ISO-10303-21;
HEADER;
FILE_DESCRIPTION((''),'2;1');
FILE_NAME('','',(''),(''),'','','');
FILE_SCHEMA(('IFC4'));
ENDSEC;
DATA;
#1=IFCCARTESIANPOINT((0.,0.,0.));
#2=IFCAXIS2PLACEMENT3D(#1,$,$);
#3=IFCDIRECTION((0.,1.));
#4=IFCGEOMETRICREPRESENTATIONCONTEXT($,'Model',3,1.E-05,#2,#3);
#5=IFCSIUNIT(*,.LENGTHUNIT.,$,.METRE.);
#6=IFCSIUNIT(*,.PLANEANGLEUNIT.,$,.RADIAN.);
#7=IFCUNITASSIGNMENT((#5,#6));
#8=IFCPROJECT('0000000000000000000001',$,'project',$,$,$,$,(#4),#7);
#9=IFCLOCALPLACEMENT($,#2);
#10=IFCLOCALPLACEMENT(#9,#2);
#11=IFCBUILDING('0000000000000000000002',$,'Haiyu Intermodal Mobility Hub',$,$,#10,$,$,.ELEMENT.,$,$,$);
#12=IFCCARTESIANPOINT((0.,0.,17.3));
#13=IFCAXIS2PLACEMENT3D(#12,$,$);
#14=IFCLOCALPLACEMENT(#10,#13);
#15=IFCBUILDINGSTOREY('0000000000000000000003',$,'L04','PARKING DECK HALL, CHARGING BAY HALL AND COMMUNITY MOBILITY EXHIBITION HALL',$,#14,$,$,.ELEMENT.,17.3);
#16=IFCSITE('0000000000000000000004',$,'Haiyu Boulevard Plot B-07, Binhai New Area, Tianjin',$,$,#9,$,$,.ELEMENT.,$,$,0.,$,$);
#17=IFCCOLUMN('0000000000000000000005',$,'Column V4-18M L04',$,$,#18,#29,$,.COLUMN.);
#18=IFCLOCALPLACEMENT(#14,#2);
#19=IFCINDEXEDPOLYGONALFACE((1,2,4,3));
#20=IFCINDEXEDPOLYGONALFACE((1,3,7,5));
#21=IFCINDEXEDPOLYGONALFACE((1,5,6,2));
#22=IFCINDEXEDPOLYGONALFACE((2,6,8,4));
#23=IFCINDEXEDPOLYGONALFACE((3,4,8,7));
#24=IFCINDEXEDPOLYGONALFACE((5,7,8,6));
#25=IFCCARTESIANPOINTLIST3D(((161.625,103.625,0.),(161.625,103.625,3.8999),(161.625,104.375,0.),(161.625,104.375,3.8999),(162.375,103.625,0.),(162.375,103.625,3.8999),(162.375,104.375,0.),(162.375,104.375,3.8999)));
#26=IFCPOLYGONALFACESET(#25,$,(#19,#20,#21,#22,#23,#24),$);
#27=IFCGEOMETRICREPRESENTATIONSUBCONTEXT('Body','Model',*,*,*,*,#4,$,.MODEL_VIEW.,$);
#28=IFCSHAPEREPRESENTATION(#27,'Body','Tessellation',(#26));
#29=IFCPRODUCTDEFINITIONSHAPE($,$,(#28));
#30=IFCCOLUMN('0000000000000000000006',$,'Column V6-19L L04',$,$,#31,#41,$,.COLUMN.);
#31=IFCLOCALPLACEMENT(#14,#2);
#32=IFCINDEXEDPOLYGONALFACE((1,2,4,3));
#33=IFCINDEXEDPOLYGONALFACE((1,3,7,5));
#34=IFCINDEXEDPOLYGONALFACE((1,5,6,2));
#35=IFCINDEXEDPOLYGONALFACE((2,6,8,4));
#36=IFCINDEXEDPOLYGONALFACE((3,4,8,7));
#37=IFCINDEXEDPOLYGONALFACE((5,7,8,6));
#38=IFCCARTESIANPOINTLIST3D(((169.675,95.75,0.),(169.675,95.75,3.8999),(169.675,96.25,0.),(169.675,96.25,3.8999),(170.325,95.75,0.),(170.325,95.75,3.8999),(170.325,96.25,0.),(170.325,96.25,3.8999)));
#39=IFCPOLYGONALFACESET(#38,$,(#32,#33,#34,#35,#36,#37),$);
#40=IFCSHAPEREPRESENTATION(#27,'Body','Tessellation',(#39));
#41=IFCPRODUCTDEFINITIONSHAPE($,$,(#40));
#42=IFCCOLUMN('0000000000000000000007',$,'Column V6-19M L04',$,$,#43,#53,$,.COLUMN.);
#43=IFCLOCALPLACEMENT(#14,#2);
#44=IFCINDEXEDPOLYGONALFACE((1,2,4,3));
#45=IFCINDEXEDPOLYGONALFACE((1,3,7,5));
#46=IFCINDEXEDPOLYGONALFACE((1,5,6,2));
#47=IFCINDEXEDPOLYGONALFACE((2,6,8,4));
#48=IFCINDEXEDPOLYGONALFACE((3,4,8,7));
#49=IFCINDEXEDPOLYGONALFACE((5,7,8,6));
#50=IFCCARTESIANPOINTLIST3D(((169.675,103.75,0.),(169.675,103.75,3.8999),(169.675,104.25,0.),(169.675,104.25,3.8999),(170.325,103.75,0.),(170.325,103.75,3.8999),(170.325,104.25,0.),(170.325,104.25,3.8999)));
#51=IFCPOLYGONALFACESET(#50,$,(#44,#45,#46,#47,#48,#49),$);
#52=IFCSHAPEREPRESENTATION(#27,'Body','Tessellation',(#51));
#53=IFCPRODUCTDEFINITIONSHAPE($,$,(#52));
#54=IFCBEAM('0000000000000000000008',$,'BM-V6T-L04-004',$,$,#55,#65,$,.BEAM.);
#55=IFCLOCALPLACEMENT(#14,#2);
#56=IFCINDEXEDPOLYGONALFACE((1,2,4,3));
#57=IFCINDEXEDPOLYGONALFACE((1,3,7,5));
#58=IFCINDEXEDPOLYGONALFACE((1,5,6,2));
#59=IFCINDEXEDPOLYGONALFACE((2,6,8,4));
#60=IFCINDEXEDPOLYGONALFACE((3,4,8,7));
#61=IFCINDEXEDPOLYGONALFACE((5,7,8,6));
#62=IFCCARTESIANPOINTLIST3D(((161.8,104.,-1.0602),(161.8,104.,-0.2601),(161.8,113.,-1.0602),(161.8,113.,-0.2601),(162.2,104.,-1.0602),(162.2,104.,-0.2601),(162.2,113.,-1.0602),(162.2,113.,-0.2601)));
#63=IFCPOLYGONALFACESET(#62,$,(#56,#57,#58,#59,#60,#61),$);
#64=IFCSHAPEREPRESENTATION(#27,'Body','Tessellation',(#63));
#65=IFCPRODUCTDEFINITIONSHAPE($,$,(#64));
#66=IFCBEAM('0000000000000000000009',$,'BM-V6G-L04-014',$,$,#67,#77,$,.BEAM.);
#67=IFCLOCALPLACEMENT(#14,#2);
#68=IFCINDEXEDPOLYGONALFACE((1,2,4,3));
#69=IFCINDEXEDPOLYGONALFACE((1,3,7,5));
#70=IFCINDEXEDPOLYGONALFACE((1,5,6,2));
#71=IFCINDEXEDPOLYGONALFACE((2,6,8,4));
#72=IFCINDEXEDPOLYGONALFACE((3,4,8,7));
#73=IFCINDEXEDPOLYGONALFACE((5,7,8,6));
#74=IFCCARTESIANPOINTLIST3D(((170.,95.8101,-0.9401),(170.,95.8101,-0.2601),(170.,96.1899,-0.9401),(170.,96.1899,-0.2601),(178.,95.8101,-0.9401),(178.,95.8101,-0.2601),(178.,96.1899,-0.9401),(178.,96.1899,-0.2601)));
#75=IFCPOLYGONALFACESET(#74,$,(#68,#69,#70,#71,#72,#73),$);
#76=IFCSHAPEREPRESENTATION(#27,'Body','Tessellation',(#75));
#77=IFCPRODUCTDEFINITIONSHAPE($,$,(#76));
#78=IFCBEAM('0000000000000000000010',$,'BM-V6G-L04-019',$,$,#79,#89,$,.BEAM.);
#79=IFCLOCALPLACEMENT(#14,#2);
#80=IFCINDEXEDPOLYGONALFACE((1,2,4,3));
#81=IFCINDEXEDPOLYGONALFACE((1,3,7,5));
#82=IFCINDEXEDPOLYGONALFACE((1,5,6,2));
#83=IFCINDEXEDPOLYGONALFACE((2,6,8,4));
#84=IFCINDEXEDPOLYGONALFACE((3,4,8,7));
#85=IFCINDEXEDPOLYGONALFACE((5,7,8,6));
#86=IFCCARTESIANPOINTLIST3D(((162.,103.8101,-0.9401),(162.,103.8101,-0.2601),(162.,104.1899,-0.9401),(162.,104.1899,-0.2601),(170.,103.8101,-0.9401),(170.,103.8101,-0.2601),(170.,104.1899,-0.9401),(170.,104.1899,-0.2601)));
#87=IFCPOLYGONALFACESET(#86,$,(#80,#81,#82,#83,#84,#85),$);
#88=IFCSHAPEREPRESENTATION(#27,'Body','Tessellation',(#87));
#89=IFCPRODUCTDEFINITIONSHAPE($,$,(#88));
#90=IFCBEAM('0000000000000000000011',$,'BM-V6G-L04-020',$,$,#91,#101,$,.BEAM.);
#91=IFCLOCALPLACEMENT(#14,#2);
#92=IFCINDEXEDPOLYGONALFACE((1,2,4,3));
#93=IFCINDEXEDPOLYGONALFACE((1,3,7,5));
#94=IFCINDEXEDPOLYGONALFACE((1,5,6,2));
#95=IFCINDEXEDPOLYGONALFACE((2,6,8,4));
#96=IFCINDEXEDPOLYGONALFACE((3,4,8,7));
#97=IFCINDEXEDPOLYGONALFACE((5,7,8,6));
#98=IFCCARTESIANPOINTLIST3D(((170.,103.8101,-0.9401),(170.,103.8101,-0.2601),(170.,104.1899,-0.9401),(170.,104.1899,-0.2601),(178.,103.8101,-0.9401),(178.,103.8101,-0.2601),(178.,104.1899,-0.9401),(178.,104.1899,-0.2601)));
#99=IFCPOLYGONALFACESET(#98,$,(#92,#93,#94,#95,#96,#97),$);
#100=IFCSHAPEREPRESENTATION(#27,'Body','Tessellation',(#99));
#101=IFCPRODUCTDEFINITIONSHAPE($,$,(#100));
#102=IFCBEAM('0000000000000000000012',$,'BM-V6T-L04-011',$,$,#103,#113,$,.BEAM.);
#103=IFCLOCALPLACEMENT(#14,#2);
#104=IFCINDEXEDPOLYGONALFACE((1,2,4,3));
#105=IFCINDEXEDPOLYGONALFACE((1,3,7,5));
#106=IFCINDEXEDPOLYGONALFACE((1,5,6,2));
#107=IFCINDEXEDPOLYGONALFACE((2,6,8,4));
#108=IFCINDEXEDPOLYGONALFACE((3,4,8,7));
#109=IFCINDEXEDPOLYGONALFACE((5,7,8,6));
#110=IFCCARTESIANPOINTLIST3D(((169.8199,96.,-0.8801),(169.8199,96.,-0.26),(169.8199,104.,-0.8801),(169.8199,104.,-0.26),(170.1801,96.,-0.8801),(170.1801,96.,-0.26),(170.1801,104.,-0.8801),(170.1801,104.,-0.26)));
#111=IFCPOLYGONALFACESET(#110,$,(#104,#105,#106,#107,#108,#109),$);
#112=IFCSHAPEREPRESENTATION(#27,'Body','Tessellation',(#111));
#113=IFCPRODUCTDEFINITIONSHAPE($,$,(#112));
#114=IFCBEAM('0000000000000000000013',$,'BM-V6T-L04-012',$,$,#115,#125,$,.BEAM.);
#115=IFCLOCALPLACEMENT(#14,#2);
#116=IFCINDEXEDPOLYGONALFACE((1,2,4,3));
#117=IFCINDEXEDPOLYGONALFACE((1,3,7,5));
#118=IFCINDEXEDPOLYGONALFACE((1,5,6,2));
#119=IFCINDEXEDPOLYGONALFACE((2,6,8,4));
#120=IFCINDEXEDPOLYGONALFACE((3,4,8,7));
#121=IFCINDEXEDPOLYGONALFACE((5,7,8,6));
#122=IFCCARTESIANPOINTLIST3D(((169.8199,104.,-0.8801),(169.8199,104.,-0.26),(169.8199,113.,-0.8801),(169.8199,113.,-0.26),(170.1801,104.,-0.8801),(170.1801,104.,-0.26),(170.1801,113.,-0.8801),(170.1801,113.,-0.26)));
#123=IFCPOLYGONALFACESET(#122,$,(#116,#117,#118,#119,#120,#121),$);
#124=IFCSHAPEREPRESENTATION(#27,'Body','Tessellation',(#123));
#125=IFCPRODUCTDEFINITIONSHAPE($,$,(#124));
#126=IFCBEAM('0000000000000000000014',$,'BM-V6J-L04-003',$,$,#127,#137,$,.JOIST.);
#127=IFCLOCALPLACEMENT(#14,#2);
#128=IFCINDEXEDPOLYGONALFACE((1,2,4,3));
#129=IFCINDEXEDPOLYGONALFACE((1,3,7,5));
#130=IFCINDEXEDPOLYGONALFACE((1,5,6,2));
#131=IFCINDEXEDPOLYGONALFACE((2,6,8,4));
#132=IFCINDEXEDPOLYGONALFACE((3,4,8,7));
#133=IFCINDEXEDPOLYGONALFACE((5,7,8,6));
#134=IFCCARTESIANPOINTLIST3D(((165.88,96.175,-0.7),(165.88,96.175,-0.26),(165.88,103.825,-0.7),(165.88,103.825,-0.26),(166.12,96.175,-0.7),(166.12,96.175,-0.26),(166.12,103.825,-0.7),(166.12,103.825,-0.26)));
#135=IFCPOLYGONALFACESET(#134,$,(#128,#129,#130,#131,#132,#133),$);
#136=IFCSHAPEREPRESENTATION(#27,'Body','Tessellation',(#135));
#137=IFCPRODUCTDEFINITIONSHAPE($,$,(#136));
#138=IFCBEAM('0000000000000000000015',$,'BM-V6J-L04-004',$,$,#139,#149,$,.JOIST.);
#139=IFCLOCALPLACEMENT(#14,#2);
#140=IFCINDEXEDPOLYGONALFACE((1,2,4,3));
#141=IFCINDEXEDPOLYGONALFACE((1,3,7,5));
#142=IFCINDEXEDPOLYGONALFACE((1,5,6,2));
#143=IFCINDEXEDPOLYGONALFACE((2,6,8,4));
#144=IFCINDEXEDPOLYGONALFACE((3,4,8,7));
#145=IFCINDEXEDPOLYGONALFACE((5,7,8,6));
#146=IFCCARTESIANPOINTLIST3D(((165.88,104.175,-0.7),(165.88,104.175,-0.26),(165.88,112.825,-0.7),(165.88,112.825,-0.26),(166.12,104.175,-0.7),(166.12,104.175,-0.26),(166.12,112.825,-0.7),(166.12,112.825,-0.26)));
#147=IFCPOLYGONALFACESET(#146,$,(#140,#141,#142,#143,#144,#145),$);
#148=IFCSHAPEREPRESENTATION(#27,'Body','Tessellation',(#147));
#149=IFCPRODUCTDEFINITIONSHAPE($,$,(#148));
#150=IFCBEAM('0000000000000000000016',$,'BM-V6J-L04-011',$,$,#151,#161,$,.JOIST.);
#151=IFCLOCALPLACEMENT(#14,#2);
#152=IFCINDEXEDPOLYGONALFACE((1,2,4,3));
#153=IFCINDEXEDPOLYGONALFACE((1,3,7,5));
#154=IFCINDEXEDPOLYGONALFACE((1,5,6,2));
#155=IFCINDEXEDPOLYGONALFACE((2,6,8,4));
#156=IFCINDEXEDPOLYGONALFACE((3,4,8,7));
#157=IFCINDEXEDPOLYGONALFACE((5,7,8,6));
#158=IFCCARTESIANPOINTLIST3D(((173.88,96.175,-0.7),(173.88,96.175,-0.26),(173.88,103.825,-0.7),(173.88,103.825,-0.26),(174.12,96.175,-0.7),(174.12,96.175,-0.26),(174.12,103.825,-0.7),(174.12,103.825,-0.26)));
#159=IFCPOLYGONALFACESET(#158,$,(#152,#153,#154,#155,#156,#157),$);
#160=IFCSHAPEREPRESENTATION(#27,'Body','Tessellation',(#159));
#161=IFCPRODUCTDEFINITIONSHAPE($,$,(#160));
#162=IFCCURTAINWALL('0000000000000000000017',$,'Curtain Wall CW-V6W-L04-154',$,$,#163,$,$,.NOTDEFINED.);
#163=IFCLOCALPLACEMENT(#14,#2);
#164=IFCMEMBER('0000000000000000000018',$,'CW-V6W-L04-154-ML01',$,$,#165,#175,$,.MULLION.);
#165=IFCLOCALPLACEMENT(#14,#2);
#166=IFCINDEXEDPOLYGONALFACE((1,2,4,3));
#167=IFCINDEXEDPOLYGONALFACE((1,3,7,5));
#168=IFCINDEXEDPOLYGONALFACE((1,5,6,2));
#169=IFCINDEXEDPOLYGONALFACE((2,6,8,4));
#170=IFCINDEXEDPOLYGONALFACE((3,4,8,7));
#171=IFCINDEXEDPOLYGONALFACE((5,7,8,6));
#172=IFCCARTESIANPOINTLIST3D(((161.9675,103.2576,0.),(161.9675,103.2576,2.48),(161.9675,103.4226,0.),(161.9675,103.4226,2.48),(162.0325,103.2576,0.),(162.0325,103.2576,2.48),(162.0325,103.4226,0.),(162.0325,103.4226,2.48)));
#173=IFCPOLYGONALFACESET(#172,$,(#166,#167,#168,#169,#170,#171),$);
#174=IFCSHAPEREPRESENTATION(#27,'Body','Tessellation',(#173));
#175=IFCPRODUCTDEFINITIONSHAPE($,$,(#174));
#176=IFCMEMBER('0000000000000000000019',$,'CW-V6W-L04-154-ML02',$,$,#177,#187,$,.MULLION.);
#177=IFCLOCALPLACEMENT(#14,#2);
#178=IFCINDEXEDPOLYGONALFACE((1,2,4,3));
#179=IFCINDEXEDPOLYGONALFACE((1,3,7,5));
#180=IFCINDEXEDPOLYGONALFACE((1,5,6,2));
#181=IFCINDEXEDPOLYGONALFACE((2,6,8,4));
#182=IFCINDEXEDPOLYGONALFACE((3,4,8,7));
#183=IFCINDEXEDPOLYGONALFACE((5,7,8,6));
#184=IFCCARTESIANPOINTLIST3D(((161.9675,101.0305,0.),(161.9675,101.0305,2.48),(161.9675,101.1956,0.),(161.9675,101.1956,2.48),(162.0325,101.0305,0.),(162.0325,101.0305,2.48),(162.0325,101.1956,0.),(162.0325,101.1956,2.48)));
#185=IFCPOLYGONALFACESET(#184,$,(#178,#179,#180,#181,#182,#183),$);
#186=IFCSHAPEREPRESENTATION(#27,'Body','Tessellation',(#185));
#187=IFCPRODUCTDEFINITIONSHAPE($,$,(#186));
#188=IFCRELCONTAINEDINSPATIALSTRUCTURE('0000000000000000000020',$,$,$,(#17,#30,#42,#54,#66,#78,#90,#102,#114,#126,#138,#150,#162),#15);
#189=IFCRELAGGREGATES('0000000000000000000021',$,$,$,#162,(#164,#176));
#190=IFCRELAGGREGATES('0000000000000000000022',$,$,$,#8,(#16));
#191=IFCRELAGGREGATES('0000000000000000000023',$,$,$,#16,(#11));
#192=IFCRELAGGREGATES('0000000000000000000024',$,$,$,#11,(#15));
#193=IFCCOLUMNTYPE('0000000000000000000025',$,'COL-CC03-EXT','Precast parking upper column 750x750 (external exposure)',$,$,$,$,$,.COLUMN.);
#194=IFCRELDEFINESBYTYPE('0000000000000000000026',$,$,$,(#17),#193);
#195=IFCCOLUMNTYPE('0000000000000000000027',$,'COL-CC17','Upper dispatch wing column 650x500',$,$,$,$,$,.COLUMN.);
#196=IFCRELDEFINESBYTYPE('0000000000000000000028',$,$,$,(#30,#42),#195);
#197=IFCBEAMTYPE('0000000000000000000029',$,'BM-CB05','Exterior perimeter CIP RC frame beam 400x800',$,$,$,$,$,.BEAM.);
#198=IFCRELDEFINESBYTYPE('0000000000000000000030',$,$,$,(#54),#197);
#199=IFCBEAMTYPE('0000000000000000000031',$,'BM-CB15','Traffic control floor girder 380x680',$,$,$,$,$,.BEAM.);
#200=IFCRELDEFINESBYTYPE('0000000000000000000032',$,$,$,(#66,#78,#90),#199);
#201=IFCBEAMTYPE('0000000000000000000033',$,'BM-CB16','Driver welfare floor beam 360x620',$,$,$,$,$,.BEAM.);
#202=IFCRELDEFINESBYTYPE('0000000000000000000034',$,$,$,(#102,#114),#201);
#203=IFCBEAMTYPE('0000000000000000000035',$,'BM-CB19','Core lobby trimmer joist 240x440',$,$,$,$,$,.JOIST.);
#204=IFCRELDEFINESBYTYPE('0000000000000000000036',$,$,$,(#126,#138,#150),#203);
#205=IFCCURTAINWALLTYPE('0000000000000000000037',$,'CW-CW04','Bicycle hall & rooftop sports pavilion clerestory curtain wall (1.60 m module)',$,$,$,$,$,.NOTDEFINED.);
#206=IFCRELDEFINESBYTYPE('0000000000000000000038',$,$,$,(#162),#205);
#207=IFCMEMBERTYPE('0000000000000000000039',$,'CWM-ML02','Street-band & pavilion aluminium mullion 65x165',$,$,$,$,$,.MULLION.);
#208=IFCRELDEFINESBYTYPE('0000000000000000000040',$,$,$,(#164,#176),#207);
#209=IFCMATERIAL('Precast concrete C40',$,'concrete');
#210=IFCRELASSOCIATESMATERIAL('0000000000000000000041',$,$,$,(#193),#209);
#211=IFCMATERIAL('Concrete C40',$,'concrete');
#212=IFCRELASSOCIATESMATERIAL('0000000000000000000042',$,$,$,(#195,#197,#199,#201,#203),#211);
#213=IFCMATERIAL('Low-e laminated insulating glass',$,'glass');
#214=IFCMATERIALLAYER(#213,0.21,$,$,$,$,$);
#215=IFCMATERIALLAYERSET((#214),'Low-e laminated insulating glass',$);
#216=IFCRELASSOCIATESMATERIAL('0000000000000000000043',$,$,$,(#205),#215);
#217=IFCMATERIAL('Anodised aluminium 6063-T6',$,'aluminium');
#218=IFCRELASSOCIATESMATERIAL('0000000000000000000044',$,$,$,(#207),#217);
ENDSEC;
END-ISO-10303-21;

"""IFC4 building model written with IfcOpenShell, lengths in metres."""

from ifc_helpers import new_model, si_unit, direction, frame, origin, origin_2d, place, context, subcontext, project, spatial, rectangle, extrude, material, layer, layer_set, material_profile, profile_set, type_object, element, aggregate, save


model = new_model("IFC4")

# Units and contexts
model_context = context("Model", 3, precision=1e-05, world=origin(), true_north=direction((0.0, 1.0)))
body_context = subcontext(model_context, "Body", "Model", "MODEL_VIEW")
ifc_project = project(units=[si_unit("LENGTHUNIT", "METRE"), si_unit("PLANEANGLEUNIT", "RADIAN")], contexts=[model_context])

# Site, building, storey
site_placement = place(None, origin())
site = spatial("IfcSite", under=ifc_project, at=site_placement, Name="Haiyu Boulevard Plot B-07, Binhai New Area, Tianjin", CompositionType="ELEMENT", RefElevation=0.0)
building_placement = place(site_placement, origin())
building = spatial("IfcBuilding", under=site, at=building_placement, Name="Haiyu Intermodal Mobility Hub", CompositionType="ELEMENT")
storey_placement = place(building_placement, frame((0.0, 0.0, 17.3)))
storey = spatial("IfcBuildingStorey", under=building, at=storey_placement, Name="L04", Description="PARKING DECK HALL, CHARGING BAY HALL AND COMMUNITY MOBILITY EXHIBITION HALL", CompositionType="ELEMENT", Elevation=17.3)

# Columns
ifc_material_1 = material(Name="Precast concrete C40", Category="concrete")
ifc_material_profile_1 = material_profile(ifc_material_1, rectangle(XDim=0.75, YDim=0.75, at=origin_2d()), Name="RC750x750")
ifc_profile_set_1 = profile_set([ifc_material_profile_1], Name="Precast concrete C40")
column_type_1 = type_object("IfcColumnType", Name="COL-CC03-EXT", Description="Precast parking upper column 750x750 (external exposure)", PredefinedType="COLUMN", material=ifc_profile_set_1)
column_placement = place(storey_placement, frame((162.0, 104.0, 0.0), z_axis=(0.0, 0.0, 1.0), x_axis=(1.0, 0.0, 0.0)))
element("IfcColumn", 1, at=column_placement, inside=storey, type_object=column_type_1, Name="Column V4-18M L04", PredefinedType="COLUMN", context=body_context, shape_type="SweptSolid", body=[
    extrude(rectangle(XDim=0.75, YDim=0.75, at=origin_2d()), origin(), (0.0, 0.0, 1.0), 3.8999),
])
ifc_material_2 = material(Name="Concrete C40", Category="concrete")
ifc_material_profile_2 = material_profile(ifc_material_2, rectangle(XDim=0.6499, YDim=0.5, at=origin_2d()), Name="C650x500")
ifc_profile_set_2 = profile_set([ifc_material_profile_2], Name="Concrete C40")
column_type_2 = type_object("IfcColumnType", Name="COL-CC17", Description="Upper dispatch wing column 650x500", PredefinedType="COLUMN", material=ifc_profile_set_2)
for number, where, z_axis, x_axis, name in (
    (2, (170.0, 96.0, 0.0), (0.0, 0.0, 1.0), (1.0, 0.0, 0.0), "Column V6-19L L04"),
    (3, (170.0, 104.0, 0.0), (0.0, 0.0, 1.0), (1.0, 0.0, 0.0), "Column V6-19M L04"),
):
    element("IfcColumn", number, at=place(storey_placement, frame(where, z_axis=z_axis, x_axis=x_axis)), inside=storey, type_object=column_type_2, Name=name, PredefinedType="COLUMN", context=body_context, shape_type="SweptSolid", body=[
        extrude(rectangle(XDim=0.6499, YDim=0.5, at=origin_2d()), origin(), (0.0, 0.0, 1.0), 3.8999),
    ])

# Beams
ifc_material_profile_3 = material_profile(ifc_material_2, rectangle(XDim=0.3999, YDim=0.8, at=origin_2d()), Name="RCB400x800")
ifc_profile_set_3 = profile_set([ifc_material_profile_3], Name="Concrete C40")
beam_type_1 = type_object("IfcBeamType", Name="BM-CB05", Description="Exterior perimeter CIP RC frame beam 400x800", PredefinedType="BEAM", material=ifc_profile_set_3)
beam_1_placement = place(storey_placement, frame((162.0, 104.0, -0.6602), z_axis=(0.0, 1.0, 0.0), x_axis=(-1.0, 0.0, 0.0)))
element("IfcBeam", 4, at=beam_1_placement, inside=storey, type_object=beam_type_1, Name="BM-V6T-L04-004", PredefinedType="BEAM", context=body_context, shape_type="SweptSolid", body=[
    extrude(rectangle(XDim=0.3999, YDim=0.8, at=origin_2d()), origin(), (0.0, 0.0, 1.0), 9.0),
])
ifc_material_profile_4 = material_profile(ifc_material_2, rectangle(XDim=0.3799, YDim=0.6799, at=origin_2d()), Name="B380x680")
ifc_profile_set_4 = profile_set([ifc_material_profile_4], Name="Concrete C40")
beam_type_2 = type_object("IfcBeamType", Name="BM-CB15", Description="Traffic control floor girder 380x680", PredefinedType="BEAM", material=ifc_profile_set_4)
for number, where, z_axis, x_axis, name in (
    (5, (170.0, 96.0, -0.6001), (1.0, 0.0, 0.0), (0.0, 1.0, 0.0), "BM-V6G-L04-014"),
    (6, (162.0, 104.0, -0.6001), (1.0, 0.0, 0.0), (0.0, 1.0, 0.0), "BM-V6G-L04-019"),
    (7, (170.0, 104.0, -0.6001), (1.0, 0.0, 0.0), (0.0, 1.0, 0.0), "BM-V6G-L04-020"),
):
    element("IfcBeam", number, at=place(storey_placement, frame(where, z_axis=z_axis, x_axis=x_axis)), inside=storey, type_object=beam_type_2, Name=name, PredefinedType="BEAM", context=body_context, shape_type="SweptSolid", body=[
        extrude(rectangle(XDim=0.3799, YDim=0.6799, at=origin_2d()), origin(), (0.0, 0.0, 1.0), 8.0),
    ])
ifc_material_profile_5 = material_profile(ifc_material_2, rectangle(XDim=0.3601, YDim=0.6201, at=origin_2d()), Name="B360x620")
ifc_profile_set_5 = profile_set([ifc_material_profile_5], Name="Concrete C40")
beam_type_3 = type_object("IfcBeamType", Name="BM-CB16", Description="Driver welfare floor beam 360x620", PredefinedType="BEAM", material=ifc_profile_set_5)
beam_2_placement = place(storey_placement, frame((170.0, 96.0, -0.5701), z_axis=(0.0, 1.0, 0.0), x_axis=(-1.0, 0.0, 0.0)))
element("IfcBeam", 8, at=beam_2_placement, inside=storey, type_object=beam_type_3, Name="BM-V6T-L04-011", PredefinedType="BEAM", context=body_context, shape_type="SweptSolid", body=[
    extrude(rectangle(XDim=0.3601, YDim=0.6201, at=origin_2d()), origin(), (0.0, 0.0, 1.0), 8.0),
])
beam_3_placement = place(storey_placement, frame((170.0, 104.0, -0.5701), z_axis=(0.0, 1.0, 0.0), x_axis=(-1.0, 0.0, 0.0)))
element("IfcBeam", 9, at=beam_3_placement, inside=storey, type_object=beam_type_3, Name="BM-V6T-L04-012", PredefinedType="BEAM", context=body_context, shape_type="SweptSolid", body=[
    extrude(rectangle(XDim=0.3601, YDim=0.6201, at=origin_2d()), origin(), (0.0, 0.0, 1.0), 9.0),
])
ifc_material_profile_6 = material_profile(ifc_material_2, rectangle(XDim=0.24, YDim=0.4399, at=origin_2d()), Name="B240x440")
ifc_profile_set_6 = profile_set([ifc_material_profile_6], Name="Concrete C40")
beam_type_4 = type_object("IfcBeamType", Name="BM-CB19", Description="Core lobby trimmer joist 240x440", PredefinedType="JOIST", material=ifc_profile_set_6)
beam_4_placement = place(storey_placement, frame((166.0, 96.175, -0.48), z_axis=(0.0, 1.0, 0.0), x_axis=(-1.0, 0.0, 0.0)))
element("IfcBeam", 10, at=beam_4_placement, inside=storey, type_object=beam_type_4, Name="BM-V6J-L04-003", PredefinedType="JOIST", context=body_context, shape_type="SweptSolid", body=[
    extrude(rectangle(XDim=0.24, YDim=0.4399, at=origin_2d()), origin(), (0.0, 0.0, 1.0), 7.6499),
])
beam_5_placement = place(storey_placement, frame((166.0, 104.175, -0.48), z_axis=(0.0, 1.0, 0.0), x_axis=(-1.0, 0.0, 0.0)))
element("IfcBeam", 11, at=beam_5_placement, inside=storey, type_object=beam_type_4, Name="BM-V6J-L04-004", PredefinedType="JOIST", context=body_context, shape_type="SweptSolid", body=[
    extrude(rectangle(XDim=0.24, YDim=0.4399, at=origin_2d()), origin(), (0.0, 0.0, 1.0), 8.6499),
])
beam_6_placement = place(storey_placement, frame((174.0, 96.175, -0.48), z_axis=(0.0, 1.0, 0.0), x_axis=(-1.0, 0.0, 0.0)))
element("IfcBeam", 12, at=beam_6_placement, inside=storey, type_object=beam_type_4, Name="BM-V6J-L04-011", PredefinedType="JOIST", context=body_context, shape_type="SweptSolid", body=[
    extrude(rectangle(XDim=0.24, YDim=0.4399, at=origin_2d()), origin(), (0.0, 0.0, 1.0), 7.6499),
])

# Curtain wall, members
ifc_material_3 = material(Name="Low-e laminated insulating glass", Category="glass")
ifc_layer_1 = layer(ifc_material_3, 0.21)
ifc_layer_set_1 = layer_set([ifc_layer_1], Name="Low-e laminated insulating glass")
curtain_wall_type = type_object("IfcCurtainWallType", Name="CW-CW04", Description="Bicycle hall & rooftop sports pavilion clerestory curtain wall (1.60 m module)", PredefinedType="NOTDEFINED", material=ifc_layer_set_1)
curtain_wall_placement = place(storey_placement, origin())
curtain_wall = element("IfcCurtainWall", 13, at=curtain_wall_placement, inside=storey, type_object=curtain_wall_type, Name="Curtain Wall CW-V6W-L04-154", PredefinedType="NOTDEFINED")
ifc_material_4 = material(Name="Anodised aluminium 6063-T6", Category="aluminium")
ifc_material_profile_7 = material_profile(ifc_material_4, rectangle(XDim=0.0649, YDim=0.165, at=origin_2d()), Name="ALU65x165")
ifc_profile_set_7 = profile_set([ifc_material_profile_7], Name="Anodised aluminium 6063-T6")
member_type_1 = type_object("IfcMemberType", Name="CWM-ML02", Description="Street-band & pavilion aluminium mullion 65x165", PredefinedType="MULLION", material=ifc_profile_set_7)
member_1_placement = place(storey_placement, frame((162.0, 103.3401, 0.0), z_axis=(0.0, 0.0, 1.0), x_axis=(1.0, 0.0, 0.0)))
member_1 = element("IfcMember", 14, at=member_1_placement, type_object=member_type_1, Name="CW-V6W-L04-154-ML01", PredefinedType="MULLION", context=body_context, shape_type="SweptSolid", body=[
    extrude(rectangle(XDim=0.0649, YDim=0.165, at=origin_2d()), origin(), (0.0, 0.0, 1.0), 2.48),
])
member_2_placement = place(storey_placement, frame((162.0, 101.113, 0.0), z_axis=(0.0, 0.0, 1.0), x_axis=(1.0, 0.0, 0.0)))
member_2 = element("IfcMember", 15, at=member_2_placement, type_object=member_type_1, Name="CW-V6W-L04-154-ML02", PredefinedType="MULLION", context=body_context, shape_type="SweptSolid", body=[
    extrude(rectangle(XDim=0.0649, YDim=0.165, at=origin_2d()), origin(), (0.0, 0.0, 1.0), 2.48),
])
aggregate(curtain_wall, [member_1, member_2])

save(model, "model.ifc")
